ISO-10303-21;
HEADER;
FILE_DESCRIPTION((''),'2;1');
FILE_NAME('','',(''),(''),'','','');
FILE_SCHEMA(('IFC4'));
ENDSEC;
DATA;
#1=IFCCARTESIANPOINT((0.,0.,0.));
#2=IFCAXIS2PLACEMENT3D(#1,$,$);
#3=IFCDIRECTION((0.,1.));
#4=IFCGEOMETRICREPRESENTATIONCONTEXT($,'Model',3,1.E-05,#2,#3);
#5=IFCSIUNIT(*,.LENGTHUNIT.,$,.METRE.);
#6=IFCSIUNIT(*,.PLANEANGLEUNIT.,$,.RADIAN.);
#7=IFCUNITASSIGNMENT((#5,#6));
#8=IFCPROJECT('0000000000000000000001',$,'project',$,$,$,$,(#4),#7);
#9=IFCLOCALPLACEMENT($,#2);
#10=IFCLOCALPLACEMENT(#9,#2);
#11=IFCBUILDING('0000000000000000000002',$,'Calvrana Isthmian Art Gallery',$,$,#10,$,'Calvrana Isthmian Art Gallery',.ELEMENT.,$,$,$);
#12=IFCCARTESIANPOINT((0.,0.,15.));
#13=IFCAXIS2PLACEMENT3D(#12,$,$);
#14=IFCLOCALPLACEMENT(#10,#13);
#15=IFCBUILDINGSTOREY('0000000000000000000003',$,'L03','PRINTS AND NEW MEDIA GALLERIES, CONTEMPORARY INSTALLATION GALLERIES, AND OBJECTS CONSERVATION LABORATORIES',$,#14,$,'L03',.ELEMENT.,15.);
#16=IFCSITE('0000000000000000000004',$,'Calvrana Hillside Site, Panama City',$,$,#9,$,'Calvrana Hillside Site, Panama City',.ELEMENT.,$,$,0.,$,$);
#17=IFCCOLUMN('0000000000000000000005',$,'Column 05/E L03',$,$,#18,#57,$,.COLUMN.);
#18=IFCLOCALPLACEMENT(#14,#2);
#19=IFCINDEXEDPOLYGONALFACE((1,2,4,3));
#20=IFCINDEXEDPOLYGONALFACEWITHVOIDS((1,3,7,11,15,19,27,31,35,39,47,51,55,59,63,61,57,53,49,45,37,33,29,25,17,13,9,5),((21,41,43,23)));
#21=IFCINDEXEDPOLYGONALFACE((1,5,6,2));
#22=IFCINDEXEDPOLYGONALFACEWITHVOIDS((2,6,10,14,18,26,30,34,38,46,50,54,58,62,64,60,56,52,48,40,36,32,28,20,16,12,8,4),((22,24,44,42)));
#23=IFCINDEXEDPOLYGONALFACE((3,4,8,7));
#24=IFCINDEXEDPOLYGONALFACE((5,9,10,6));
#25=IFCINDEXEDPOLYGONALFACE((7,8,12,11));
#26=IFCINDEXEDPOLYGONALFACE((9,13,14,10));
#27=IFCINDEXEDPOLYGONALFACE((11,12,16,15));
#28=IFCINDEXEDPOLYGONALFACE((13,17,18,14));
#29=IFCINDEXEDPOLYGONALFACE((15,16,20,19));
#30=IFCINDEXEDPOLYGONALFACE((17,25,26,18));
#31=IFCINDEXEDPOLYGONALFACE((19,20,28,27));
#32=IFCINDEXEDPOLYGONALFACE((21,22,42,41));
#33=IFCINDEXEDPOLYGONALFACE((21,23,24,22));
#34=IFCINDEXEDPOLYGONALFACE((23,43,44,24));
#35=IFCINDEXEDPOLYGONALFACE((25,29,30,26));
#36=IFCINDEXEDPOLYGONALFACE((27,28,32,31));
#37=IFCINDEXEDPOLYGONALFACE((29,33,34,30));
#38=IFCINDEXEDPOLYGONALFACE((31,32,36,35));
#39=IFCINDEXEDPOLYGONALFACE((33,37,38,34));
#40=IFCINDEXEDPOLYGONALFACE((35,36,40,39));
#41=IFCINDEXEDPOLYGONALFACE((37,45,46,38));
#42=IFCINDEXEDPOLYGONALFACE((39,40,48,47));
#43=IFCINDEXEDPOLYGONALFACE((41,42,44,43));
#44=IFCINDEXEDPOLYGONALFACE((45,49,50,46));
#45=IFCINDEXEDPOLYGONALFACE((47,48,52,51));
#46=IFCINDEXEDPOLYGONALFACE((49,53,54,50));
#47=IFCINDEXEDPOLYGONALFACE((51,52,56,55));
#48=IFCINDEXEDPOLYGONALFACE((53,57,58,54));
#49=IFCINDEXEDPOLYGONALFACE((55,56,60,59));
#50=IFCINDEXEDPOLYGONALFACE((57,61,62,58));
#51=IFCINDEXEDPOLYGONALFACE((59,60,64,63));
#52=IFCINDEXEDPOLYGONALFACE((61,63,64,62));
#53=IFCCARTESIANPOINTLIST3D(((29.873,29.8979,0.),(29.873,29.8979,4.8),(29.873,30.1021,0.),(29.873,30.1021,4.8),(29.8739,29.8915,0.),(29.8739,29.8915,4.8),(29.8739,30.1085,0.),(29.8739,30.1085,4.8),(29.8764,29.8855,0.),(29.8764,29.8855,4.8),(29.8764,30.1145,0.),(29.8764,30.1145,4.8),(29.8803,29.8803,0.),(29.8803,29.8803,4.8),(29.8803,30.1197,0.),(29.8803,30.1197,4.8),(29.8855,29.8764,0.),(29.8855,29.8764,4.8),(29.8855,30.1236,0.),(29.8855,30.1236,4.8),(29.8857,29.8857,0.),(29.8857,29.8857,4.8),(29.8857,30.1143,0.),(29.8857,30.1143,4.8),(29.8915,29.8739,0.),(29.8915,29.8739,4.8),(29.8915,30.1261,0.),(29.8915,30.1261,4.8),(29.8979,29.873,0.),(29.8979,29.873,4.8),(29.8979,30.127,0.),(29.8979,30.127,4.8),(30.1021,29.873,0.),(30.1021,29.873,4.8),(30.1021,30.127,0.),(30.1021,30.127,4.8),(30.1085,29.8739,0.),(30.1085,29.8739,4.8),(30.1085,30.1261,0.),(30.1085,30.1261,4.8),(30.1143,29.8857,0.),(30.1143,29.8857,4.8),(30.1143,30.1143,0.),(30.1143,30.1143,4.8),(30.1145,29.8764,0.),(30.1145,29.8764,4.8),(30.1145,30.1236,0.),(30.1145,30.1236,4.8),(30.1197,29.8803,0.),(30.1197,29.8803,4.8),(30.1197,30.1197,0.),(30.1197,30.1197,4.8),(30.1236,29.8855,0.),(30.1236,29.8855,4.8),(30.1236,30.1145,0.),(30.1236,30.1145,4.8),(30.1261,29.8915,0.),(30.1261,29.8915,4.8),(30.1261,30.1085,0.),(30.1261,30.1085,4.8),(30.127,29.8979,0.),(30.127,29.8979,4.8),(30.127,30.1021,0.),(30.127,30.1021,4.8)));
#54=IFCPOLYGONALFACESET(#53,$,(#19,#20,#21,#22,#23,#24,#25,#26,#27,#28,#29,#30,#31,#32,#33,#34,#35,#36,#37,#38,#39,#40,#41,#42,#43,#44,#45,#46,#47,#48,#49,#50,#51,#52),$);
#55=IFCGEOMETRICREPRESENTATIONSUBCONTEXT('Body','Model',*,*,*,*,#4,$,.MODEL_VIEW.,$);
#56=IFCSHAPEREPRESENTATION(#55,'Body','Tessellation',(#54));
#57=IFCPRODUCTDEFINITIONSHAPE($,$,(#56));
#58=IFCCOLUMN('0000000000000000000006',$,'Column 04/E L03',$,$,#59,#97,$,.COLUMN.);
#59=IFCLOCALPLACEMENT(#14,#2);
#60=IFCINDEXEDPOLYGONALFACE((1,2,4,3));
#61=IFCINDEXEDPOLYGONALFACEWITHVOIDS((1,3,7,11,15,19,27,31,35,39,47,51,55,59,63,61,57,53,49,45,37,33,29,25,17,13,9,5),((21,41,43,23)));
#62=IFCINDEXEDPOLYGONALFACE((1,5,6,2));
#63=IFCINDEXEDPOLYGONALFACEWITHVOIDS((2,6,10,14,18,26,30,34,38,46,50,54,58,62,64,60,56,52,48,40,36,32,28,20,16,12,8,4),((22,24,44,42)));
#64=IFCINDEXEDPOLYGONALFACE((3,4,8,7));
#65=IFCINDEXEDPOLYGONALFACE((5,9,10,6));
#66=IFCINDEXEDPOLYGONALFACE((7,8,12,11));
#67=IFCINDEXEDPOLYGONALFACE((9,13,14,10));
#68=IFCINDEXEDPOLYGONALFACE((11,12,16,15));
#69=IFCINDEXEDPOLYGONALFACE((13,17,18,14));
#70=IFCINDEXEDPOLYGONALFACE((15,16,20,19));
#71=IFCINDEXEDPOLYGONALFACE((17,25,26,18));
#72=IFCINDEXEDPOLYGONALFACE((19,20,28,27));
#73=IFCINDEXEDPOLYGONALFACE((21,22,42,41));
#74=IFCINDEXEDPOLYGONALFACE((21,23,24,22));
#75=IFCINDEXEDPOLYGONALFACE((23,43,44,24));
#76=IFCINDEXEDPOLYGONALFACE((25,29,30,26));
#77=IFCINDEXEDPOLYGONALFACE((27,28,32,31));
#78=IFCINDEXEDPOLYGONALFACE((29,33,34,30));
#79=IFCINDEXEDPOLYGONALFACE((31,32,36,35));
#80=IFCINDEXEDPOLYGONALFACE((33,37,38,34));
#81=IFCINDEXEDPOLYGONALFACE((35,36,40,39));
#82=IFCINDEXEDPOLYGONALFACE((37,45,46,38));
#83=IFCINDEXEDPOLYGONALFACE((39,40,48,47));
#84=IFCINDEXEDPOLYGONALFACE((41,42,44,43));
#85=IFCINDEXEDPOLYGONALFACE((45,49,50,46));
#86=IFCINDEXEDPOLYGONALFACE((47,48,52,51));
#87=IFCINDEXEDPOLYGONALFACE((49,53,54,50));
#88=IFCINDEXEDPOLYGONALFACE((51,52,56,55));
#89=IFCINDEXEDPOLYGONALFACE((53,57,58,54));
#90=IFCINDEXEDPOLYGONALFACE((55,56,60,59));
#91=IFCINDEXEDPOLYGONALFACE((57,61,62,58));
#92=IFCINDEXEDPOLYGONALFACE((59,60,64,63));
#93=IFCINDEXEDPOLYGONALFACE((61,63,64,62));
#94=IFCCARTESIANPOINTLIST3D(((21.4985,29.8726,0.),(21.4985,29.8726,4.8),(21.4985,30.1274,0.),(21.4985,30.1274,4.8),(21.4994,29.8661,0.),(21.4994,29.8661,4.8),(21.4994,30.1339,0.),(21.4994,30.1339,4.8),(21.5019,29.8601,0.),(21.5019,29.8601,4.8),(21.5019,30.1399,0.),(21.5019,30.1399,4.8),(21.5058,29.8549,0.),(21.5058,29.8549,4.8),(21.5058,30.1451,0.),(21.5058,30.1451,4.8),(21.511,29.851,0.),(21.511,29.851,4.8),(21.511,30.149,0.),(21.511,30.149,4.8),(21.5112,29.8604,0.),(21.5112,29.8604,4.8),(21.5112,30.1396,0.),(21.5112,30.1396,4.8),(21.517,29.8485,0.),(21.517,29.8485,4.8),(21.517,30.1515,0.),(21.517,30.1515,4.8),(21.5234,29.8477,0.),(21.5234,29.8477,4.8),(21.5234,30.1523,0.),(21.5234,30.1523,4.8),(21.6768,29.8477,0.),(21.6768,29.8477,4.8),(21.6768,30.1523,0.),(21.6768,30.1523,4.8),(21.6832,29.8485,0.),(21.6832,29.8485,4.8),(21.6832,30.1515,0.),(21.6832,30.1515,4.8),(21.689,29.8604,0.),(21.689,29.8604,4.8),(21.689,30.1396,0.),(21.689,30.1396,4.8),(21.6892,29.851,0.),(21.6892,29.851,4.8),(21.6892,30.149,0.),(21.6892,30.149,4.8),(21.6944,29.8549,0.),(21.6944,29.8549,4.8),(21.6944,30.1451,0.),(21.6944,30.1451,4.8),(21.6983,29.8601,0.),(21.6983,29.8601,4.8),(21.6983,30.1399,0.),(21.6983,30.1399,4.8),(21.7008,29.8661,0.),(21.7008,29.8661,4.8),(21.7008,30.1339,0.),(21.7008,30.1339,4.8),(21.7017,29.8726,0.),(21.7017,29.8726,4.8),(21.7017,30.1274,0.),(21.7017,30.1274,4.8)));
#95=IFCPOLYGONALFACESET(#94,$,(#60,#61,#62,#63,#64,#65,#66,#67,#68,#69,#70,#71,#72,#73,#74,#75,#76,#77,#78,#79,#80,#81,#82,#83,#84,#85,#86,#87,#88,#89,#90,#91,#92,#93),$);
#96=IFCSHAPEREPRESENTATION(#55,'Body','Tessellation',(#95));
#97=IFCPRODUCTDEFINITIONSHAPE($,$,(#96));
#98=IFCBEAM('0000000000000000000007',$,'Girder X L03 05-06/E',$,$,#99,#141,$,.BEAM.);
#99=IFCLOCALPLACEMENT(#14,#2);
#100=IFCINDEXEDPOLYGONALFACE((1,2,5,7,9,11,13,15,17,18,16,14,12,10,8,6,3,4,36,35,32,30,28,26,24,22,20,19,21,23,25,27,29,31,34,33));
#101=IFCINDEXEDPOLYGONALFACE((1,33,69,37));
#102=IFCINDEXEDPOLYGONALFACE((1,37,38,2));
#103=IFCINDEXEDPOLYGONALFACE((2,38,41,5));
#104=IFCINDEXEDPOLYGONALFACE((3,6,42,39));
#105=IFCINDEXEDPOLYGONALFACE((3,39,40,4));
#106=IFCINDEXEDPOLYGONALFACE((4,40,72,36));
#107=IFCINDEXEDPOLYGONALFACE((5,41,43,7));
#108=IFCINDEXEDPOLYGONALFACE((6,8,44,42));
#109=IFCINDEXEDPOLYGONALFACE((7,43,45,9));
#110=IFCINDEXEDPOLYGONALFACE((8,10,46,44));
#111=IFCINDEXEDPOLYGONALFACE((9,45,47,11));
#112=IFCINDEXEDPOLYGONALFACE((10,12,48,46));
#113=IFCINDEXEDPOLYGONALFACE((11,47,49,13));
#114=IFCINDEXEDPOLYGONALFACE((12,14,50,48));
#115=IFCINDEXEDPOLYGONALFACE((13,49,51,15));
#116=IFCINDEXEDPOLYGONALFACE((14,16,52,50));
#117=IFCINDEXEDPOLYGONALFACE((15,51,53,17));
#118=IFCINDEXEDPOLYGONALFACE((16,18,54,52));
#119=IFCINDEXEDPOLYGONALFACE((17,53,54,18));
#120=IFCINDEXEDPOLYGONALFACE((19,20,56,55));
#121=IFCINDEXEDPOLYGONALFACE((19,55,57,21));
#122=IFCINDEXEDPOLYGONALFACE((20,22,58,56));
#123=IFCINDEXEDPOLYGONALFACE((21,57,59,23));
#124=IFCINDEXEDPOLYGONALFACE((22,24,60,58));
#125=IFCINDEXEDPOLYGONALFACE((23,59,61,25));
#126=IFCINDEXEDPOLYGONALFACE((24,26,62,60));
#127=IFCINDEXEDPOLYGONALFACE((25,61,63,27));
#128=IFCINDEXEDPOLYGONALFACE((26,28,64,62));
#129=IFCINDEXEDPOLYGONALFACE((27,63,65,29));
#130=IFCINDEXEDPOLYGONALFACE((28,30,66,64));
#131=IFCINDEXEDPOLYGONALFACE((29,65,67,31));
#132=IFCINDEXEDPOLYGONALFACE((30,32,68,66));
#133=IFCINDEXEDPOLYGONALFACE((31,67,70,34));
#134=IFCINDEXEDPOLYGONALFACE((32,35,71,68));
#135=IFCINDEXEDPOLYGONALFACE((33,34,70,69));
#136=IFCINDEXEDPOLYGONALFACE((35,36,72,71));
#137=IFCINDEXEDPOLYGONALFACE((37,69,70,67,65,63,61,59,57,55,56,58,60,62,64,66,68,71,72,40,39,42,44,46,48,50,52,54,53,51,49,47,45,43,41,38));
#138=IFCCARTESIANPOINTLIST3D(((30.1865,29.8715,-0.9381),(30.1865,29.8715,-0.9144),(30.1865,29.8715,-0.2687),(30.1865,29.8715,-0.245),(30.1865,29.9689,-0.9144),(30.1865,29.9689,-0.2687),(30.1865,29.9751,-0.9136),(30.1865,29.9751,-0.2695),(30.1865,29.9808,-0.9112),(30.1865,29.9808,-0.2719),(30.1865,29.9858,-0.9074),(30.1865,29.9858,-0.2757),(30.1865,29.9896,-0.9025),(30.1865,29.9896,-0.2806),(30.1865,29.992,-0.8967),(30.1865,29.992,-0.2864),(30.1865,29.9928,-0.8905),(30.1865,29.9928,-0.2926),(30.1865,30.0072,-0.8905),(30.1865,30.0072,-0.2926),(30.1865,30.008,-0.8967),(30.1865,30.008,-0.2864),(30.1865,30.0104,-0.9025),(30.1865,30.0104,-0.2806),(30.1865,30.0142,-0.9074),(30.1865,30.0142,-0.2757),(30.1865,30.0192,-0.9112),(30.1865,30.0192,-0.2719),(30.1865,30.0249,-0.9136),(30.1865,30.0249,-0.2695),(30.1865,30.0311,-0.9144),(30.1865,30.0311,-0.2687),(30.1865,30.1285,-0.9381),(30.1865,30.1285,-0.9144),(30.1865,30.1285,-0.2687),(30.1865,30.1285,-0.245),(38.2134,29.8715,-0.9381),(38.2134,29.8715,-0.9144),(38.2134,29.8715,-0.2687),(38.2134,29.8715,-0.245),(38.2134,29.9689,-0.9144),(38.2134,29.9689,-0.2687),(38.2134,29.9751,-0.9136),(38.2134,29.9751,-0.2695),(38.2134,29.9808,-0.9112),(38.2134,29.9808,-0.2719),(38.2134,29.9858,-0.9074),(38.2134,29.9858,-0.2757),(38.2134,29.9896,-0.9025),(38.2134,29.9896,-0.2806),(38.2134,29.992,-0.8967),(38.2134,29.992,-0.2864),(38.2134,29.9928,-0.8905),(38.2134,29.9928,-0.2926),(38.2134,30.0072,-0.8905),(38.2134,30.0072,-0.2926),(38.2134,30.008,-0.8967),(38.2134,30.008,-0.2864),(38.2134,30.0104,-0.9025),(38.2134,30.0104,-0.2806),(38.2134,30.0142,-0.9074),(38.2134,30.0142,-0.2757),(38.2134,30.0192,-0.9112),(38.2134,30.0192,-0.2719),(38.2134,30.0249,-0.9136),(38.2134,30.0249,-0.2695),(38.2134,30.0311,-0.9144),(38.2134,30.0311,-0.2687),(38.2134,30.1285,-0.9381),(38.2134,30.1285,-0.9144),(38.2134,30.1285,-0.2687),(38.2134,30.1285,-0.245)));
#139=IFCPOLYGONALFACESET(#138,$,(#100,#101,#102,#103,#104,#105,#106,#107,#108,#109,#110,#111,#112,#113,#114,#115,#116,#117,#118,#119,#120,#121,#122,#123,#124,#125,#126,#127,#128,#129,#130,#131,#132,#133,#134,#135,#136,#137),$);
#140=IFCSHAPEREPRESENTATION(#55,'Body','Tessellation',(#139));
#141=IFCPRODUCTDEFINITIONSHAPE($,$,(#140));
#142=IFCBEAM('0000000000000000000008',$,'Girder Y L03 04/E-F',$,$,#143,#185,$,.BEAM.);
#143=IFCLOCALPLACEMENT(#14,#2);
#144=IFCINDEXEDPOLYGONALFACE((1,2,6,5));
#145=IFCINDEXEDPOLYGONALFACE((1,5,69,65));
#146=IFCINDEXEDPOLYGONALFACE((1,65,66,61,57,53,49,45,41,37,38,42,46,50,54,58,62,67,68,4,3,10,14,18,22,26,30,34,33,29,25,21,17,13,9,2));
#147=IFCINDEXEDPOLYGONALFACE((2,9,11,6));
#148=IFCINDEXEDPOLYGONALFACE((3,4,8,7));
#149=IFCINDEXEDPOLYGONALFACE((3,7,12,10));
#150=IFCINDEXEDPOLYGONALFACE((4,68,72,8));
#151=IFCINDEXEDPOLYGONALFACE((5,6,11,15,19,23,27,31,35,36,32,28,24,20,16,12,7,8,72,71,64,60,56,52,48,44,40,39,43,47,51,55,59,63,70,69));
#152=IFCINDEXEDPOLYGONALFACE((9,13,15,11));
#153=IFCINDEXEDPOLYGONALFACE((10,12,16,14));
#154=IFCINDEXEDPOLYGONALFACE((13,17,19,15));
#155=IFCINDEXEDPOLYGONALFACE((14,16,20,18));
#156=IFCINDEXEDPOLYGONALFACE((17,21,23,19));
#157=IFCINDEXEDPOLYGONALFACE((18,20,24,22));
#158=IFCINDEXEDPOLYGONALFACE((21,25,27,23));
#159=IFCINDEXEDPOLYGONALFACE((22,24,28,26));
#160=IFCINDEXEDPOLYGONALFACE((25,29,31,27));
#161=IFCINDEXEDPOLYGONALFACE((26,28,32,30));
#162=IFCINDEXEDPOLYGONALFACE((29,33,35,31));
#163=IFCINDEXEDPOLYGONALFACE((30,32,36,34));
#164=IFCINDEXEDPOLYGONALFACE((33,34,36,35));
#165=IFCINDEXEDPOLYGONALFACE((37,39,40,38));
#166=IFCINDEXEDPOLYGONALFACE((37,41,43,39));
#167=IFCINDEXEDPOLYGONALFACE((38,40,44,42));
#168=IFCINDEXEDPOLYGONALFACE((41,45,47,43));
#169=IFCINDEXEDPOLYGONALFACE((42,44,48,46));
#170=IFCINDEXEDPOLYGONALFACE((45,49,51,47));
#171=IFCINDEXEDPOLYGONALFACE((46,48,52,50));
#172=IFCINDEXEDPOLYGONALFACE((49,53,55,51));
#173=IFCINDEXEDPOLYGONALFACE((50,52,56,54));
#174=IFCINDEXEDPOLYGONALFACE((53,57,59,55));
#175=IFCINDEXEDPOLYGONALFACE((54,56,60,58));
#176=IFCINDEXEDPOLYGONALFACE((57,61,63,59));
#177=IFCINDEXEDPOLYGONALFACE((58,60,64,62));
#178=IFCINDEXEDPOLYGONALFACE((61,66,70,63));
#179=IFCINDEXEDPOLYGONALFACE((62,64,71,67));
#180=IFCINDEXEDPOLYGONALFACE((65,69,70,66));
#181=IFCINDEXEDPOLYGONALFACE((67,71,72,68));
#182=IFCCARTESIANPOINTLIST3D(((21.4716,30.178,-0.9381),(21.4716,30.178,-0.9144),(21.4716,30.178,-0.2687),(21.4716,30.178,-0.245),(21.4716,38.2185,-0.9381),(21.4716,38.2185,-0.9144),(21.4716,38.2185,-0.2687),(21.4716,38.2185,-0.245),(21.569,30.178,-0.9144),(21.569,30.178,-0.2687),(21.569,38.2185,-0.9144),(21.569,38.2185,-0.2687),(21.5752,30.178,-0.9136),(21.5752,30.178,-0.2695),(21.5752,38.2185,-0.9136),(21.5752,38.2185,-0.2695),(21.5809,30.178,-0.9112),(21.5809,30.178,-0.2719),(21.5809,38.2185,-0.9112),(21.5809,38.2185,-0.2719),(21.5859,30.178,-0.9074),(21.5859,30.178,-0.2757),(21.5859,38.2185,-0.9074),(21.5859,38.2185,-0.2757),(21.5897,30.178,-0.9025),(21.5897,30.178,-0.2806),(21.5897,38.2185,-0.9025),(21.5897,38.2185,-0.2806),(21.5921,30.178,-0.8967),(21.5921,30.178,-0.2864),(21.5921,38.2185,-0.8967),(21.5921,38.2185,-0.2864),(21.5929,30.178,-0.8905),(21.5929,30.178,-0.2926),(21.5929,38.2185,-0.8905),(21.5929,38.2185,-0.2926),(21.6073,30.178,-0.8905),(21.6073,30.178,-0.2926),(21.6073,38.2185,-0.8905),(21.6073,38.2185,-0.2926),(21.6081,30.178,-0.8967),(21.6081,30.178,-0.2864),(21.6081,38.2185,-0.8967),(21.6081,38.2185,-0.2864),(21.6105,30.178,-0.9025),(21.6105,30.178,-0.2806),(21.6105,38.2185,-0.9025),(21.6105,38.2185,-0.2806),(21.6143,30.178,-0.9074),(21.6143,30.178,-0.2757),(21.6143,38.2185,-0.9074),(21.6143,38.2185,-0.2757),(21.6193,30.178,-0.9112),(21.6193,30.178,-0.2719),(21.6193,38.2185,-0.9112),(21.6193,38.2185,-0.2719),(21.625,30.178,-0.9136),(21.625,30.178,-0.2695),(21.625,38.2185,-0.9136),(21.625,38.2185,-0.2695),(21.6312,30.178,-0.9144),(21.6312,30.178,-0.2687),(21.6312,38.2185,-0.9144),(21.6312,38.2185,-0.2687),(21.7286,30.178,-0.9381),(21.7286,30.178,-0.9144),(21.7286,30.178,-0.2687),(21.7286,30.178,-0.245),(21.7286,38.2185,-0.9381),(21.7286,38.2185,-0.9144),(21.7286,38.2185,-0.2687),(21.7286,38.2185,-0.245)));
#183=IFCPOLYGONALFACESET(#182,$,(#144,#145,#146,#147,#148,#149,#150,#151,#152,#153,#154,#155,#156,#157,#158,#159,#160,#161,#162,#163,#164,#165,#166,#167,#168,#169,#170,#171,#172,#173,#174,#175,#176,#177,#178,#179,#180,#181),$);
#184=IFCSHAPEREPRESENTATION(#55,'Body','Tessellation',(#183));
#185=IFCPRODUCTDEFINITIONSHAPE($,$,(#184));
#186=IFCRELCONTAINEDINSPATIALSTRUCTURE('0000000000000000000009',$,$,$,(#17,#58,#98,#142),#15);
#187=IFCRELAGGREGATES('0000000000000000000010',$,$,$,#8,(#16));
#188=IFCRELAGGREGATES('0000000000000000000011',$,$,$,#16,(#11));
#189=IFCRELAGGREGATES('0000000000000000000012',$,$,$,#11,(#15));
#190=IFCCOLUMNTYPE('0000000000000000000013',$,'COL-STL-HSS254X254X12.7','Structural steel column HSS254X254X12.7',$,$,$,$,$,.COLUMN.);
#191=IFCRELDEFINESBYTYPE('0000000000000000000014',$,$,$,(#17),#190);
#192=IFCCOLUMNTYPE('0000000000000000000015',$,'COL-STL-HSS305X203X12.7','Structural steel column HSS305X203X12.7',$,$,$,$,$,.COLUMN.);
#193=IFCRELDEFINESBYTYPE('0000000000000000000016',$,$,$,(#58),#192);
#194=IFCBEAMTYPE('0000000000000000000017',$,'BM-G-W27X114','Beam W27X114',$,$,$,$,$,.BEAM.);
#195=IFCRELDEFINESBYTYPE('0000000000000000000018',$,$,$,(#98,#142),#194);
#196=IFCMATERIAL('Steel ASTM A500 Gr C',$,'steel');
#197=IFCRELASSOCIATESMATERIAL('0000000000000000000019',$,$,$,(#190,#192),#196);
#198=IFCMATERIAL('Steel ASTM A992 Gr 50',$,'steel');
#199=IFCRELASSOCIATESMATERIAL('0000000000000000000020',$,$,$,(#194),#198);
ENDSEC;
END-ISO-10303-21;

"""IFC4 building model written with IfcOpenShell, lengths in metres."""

from ifc_helpers import new_model, si_unit, direction, frame, origin, origin_2d, place, context, subcontext, project, spatial, hollow_rectangle, i_section, extrude, material, material_profile, profile_set, type_object, element, save


model = new_model("IFC4")

# Units and contexts
model_context = context("Model", 3, precision=1e-05, world=origin(), true_north=direction((0.0, 1.0)))
body_context = subcontext(model_context, "Body", "Model", "MODEL_VIEW")
ifc_project = project(units=[si_unit("LENGTHUNIT", "METRE"), si_unit("PLANEANGLEUNIT", "RADIAN")], contexts=[model_context])

# Site, building, storey
site_placement = place(None, origin())
site = spatial("IfcSite", under=ifc_project, at=site_placement, Name="Calvrana Hillside Site, Panama City", LongName="Calvrana Hillside Site, Panama City", CompositionType="ELEMENT", RefElevation=0.0)
building_placement = place(site_placement, origin())
building = spatial("IfcBuilding", under=site, at=building_placement, Name="Calvrana Isthmian Art Gallery", LongName="Calvrana Isthmian Art Gallery", CompositionType="ELEMENT")
storey_placement = place(building_placement, frame((0.0, 0.0, 15.0)))
storey = spatial("IfcBuildingStorey", under=building, at=storey_placement, Name="L03", Description="PRINTS AND NEW MEDIA GALLERIES, CONTEMPORARY INSTALLATION GALLERIES, AND OBJECTS CONSERVATION LABORATORIES", LongName="L03", CompositionType="ELEMENT", Elevation=15.0)

# Columns
ifc_material_1 = material(Name="Steel ASTM A500 Gr C", Category="steel")
ifc_material_profile_1 = material_profile(ifc_material_1, hollow_rectangle(XDim=0.2539, YDim=0.2539, WallThickness=0.0127, OuterFilletRadius=0.0249, at=origin_2d()), Name="HSS254X254X12.7")
ifc_profile_set_1 = profile_set([ifc_material_profile_1], Name="Steel ASTM A500 Gr C")
column_type_1 = type_object("IfcColumnType", Name="COL-STL-HSS254X254X12.7", Description="Structural steel column HSS254X254X12.7", PredefinedType="COLUMN", material=ifc_profile_set_1)
column_1_placement = place(storey_placement, frame((30.0, 30.0, 0.0), z_axis=(0.0, 0.0, 1.0), x_axis=(1.0, 0.0, 0.0)))
element("IfcColumn", 1, at=column_1_placement, inside=storey, type_object=column_type_1, Name="Column 05/E L03", PredefinedType="COLUMN", context=body_context, shape_type="SweptSolid", body=[
    extrude(hollow_rectangle(XDim=0.2539, YDim=0.2539, WallThickness=0.0127, OuterFilletRadius=0.0249, at=origin_2d()), origin(), (0.0, 0.0, 1.0), 4.8),
])
ifc_material_profile_2 = material_profile(ifc_material_1, hollow_rectangle(XDim=0.2031, YDim=0.3047, WallThickness=0.0127, OuterFilletRadius=0.0249, at=origin_2d()), Name="HSS305X203X12.7")
ifc_profile_set_2 = profile_set([ifc_material_profile_2], Name="Steel ASTM A500 Gr C")
column_type_2 = type_object("IfcColumnType", Name="COL-STL-HSS305X203X12.7", Description="Structural steel column HSS305X203X12.7", PredefinedType="COLUMN", material=ifc_profile_set_2)
column_2_placement = place(storey_placement, frame((21.6001, 30.0, 0.0), z_axis=(0.0, 0.0, 1.0), x_axis=(1.0, 0.0, 0.0)))
element("IfcColumn", 2, at=column_2_placement, inside=storey, type_object=column_type_2, Name="Column 04/E L03", PredefinedType="COLUMN", context=body_context, shape_type="SweptSolid", body=[
    extrude(hollow_rectangle(XDim=0.2031, YDim=0.3047, WallThickness=0.0127, OuterFilletRadius=0.0249, at=origin_2d()), origin(), (0.0, 0.0, 1.0), 4.8),
])

# Beams
ifc_material_2 = material(Name="Steel ASTM A992 Gr 50", Category="steel")
ifc_material_profile_3 = material_profile(ifc_material_2, i_section(OverallWidth=0.2571, OverallDepth=0.6931, WebThickness=0.0144, FlangeThickness=0.0237, FilletRadius=0.0239, at=origin_2d()), Name="W27X114")
ifc_profile_set_3 = profile_set([ifc_material_profile_3], Name="Steel ASTM A992 Gr 50")
beam_type_1 = type_object("IfcBeamType", Name="BM-G-W27X114", Description="Beam W27X114", PredefinedType="BEAM", material=ifc_profile_set_3)
beam_1_placement = place(storey_placement, frame((30.1865, 30.0, -0.5916), z_axis=(1.0, 0.0, 0.0), x_axis=(0.0, 1.0, 0.0)))
element("IfcBeam", 3, at=beam_1_placement, inside=storey, type_object=beam_type_1, Name="Girder X L03 05-06/E", PredefinedType="BEAM", context=body_context, shape_type="SweptSolid", body=[
    extrude(i_section(OverallWidth=0.2571, OverallDepth=0.6931, WebThickness=0.0144, FlangeThickness=0.0237, FilletRadius=0.0239, at=origin_2d()), origin(), (0.0, 0.0, 1.0), 8.0269),
])
beam_2_placement = place(storey_placement, frame((21.6001, 30.178, -0.5916), z_axis=(0.0, 1.0, 0.0), x_axis=(-1.0, 0.0, 0.0)))
element("IfcBeam", 4, at=beam_2_placement, inside=storey, type_object=beam_type_1, Name="Girder Y L03 04/E-F", PredefinedType="BEAM", context=body_context, shape_type="SweptSolid", body=[
    extrude(i_section(OverallWidth=0.2571, OverallDepth=0.6931, WebThickness=0.0144, FlangeThickness=0.0237, FilletRadius=0.0239, at=origin_2d()), origin(), (0.0, 0.0, 1.0), 8.0405),
])

save(model, "model.ifc")
